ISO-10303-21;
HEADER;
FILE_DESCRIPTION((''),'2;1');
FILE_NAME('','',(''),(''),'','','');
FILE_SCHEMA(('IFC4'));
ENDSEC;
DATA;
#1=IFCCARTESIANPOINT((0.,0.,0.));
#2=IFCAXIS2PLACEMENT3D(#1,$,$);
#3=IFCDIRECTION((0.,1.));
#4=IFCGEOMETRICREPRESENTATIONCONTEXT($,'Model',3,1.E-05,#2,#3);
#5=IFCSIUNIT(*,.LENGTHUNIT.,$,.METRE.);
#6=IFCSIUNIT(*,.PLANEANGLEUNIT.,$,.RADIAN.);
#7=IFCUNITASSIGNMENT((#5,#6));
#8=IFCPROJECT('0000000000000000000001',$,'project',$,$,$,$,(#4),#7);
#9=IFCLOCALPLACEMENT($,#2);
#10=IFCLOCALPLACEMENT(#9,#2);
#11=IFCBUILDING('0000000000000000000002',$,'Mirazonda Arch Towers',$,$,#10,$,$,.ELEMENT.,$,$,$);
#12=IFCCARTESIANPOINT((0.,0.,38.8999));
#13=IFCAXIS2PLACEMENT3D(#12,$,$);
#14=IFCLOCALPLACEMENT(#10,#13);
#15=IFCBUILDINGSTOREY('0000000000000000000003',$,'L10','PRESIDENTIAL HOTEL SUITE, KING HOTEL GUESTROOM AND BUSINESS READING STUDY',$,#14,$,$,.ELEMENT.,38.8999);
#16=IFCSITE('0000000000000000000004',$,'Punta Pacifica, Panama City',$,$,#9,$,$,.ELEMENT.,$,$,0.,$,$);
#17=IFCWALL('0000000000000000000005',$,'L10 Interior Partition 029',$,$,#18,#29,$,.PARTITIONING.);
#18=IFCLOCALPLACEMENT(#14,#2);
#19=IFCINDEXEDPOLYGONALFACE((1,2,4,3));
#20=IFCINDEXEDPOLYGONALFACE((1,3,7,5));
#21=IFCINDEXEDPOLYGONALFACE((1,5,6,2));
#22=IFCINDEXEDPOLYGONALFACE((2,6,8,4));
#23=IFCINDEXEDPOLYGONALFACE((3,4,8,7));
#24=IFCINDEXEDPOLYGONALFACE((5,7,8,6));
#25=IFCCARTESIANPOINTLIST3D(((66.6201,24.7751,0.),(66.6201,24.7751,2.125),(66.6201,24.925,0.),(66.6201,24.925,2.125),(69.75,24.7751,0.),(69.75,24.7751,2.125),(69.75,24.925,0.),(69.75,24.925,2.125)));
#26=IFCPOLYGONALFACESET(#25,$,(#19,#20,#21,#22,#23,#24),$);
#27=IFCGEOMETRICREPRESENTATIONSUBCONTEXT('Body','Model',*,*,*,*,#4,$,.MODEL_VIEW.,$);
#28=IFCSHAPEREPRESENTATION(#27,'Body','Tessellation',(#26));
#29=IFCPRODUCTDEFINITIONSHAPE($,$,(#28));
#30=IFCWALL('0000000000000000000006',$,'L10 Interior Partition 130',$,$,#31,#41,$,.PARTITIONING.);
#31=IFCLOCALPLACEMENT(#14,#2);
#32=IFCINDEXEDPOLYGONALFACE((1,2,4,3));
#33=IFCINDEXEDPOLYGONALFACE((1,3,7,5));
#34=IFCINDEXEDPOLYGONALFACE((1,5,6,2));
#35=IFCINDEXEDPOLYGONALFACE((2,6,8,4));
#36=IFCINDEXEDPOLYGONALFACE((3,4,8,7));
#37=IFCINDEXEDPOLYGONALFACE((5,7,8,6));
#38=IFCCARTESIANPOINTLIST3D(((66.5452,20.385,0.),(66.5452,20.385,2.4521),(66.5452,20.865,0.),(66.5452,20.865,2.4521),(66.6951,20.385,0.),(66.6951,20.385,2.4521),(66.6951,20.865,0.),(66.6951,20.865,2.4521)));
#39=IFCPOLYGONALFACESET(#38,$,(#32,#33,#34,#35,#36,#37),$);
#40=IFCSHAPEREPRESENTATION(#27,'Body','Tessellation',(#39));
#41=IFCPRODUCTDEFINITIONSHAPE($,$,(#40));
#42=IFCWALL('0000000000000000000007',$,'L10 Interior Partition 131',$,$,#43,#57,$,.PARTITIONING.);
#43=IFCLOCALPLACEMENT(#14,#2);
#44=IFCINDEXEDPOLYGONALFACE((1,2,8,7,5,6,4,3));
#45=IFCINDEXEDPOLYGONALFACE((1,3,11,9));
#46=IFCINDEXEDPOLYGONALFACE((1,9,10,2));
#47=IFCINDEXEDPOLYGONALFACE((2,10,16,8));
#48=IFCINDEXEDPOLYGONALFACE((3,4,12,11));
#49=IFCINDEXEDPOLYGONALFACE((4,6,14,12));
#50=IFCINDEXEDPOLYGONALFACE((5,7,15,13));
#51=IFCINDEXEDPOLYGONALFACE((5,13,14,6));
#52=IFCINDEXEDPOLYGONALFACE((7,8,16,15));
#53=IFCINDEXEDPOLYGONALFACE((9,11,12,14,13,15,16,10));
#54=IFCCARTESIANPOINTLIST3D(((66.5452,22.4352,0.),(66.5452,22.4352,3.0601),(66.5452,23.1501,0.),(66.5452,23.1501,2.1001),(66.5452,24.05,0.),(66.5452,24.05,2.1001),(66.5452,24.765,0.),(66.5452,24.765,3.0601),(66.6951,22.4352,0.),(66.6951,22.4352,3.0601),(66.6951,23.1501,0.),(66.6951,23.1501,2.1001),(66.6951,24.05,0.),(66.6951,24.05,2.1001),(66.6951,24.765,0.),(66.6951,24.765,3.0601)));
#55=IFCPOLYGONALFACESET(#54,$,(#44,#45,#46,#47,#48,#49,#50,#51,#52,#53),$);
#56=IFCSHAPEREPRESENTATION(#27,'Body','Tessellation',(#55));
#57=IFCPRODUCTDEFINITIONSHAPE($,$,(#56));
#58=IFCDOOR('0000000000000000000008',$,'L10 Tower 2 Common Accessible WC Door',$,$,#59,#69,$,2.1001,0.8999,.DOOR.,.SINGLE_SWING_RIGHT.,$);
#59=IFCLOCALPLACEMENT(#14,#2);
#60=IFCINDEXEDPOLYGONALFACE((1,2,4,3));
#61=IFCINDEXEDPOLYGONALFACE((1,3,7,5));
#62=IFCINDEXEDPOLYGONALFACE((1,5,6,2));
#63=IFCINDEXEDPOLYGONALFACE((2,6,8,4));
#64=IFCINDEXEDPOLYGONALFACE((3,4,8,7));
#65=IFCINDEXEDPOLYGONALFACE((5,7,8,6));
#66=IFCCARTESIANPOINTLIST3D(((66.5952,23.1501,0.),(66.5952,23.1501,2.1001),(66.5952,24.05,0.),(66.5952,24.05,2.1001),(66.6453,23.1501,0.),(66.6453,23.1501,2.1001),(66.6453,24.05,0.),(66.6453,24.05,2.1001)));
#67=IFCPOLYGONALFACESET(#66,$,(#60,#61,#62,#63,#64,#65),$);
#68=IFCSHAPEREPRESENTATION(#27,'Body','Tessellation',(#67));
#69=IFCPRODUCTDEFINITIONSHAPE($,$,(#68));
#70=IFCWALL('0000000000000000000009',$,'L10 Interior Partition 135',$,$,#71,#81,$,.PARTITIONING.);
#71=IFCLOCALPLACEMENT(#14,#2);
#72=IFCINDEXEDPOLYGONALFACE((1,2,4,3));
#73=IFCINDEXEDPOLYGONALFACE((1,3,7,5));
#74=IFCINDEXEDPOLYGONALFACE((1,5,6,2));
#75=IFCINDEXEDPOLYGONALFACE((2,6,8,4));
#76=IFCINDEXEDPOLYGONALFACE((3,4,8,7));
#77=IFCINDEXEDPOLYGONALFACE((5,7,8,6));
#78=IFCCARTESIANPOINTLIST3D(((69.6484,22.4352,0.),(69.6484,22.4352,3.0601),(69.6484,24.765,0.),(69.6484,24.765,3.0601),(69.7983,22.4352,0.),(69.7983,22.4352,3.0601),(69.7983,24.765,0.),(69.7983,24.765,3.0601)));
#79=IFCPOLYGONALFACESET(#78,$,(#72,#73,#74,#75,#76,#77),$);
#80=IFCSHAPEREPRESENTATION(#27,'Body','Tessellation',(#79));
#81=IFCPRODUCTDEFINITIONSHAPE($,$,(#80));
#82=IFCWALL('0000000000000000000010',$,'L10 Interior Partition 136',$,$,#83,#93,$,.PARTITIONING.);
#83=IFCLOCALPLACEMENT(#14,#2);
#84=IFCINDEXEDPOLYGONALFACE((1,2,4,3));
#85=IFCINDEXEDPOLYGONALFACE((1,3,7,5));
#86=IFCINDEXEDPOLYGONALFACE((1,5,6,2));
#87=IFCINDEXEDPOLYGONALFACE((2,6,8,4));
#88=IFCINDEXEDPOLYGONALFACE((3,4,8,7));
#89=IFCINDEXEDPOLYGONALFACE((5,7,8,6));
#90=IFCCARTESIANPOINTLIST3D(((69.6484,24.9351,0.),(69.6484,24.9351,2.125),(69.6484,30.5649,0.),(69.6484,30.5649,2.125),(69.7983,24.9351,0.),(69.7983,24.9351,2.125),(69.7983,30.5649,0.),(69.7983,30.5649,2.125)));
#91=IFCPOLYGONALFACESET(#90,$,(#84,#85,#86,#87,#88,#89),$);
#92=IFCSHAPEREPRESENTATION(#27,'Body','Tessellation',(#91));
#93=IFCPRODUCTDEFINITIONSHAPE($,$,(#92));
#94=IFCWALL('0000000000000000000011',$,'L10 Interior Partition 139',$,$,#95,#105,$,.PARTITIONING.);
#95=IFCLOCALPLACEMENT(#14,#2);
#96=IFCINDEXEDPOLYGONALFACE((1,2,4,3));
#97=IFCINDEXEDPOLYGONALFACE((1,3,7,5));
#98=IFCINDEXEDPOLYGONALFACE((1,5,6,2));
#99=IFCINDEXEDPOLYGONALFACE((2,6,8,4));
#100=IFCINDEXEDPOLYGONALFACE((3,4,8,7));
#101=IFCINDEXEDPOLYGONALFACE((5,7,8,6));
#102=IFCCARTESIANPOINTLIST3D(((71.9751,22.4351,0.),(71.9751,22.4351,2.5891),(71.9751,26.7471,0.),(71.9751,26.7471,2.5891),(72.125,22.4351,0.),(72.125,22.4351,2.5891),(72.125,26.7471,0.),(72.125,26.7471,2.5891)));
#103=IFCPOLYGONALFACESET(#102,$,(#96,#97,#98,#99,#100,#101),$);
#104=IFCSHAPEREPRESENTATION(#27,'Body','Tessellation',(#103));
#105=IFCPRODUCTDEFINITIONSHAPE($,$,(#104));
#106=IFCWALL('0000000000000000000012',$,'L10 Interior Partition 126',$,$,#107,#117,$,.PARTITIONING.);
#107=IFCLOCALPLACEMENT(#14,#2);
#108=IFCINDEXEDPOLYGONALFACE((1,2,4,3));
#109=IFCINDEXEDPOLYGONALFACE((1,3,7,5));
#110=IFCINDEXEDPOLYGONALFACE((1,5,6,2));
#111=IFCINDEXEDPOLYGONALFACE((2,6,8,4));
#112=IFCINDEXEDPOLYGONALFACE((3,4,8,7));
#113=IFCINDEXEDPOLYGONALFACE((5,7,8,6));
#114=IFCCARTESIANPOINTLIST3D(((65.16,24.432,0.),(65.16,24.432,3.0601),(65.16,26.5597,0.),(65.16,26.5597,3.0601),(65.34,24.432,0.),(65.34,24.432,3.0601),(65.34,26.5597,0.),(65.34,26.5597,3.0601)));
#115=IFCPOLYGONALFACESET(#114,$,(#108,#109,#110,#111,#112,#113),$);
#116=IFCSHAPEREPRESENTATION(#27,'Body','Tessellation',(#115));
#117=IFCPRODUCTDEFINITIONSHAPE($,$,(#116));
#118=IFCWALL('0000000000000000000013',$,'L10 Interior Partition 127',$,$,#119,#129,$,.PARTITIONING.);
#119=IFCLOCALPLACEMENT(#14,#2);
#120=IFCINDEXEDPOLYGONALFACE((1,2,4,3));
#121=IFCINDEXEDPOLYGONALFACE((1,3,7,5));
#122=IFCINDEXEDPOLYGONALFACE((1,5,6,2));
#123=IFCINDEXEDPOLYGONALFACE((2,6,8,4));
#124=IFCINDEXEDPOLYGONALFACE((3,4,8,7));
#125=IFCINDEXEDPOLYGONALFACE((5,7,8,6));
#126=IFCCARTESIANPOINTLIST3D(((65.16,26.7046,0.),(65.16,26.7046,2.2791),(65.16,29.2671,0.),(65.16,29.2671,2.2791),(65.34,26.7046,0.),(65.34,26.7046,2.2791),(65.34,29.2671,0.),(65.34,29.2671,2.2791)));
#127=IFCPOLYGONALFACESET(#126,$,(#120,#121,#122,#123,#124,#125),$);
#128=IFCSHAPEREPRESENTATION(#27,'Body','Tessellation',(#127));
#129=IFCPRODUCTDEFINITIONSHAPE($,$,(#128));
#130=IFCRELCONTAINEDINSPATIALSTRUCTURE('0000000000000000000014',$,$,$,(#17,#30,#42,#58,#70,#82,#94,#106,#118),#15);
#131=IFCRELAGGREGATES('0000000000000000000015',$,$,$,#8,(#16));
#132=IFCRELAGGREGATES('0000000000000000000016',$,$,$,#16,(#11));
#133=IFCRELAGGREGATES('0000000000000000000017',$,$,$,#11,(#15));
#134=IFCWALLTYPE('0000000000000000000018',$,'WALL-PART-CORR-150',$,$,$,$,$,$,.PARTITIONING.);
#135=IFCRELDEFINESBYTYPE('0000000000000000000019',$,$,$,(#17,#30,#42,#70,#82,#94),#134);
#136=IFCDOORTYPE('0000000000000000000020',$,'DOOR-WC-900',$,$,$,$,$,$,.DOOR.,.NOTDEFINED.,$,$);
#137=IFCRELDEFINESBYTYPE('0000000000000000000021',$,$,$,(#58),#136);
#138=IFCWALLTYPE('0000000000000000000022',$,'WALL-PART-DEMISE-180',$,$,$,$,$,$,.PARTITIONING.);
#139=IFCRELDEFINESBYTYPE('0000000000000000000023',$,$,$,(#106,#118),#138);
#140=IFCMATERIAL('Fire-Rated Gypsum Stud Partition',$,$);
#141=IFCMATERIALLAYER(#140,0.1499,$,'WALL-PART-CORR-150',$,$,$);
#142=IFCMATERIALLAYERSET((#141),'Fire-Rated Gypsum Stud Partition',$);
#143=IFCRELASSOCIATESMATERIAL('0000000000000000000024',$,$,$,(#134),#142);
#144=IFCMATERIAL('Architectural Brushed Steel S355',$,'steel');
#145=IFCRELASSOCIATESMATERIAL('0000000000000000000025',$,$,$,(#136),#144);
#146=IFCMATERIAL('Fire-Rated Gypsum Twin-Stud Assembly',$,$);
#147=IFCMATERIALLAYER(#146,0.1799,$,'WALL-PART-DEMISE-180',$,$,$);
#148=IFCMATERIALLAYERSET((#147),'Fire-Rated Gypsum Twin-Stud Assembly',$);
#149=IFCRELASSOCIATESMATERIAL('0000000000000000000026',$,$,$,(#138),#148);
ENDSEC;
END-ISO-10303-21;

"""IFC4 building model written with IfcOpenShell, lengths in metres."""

from ifc_helpers import new_model, si_unit, direction, frame, frame_2d, origin, place, context, subcontext, project, spatial, rectangle, extrude, material, layer, layer_set, type_object, element, fill, save


model = new_model("IFC4")

# Units and contexts
model_context = context("Model", 3, precision=1e-05, world=origin(), true_north=direction((0.0, 1.0)))
body_context = subcontext(model_context, "Body", "Model", "MODEL_VIEW")
ifc_project = project(units=[si_unit("LENGTHUNIT", "METRE"), si_unit("PLANEANGLEUNIT", "RADIAN")], contexts=[model_context])

# Site, building, storey
site_placement = place(None, origin())
site = spatial("IfcSite", under=ifc_project, at=site_placement, Name="Punta Pacifica, Panama City", CompositionType="ELEMENT", RefElevation=0.0)
building_placement = place(site_placement, origin())
building = spatial("IfcBuilding", under=site, at=building_placement, Name="Mirazonda Arch Towers", CompositionType="ELEMENT")
storey_placement = place(building_placement, frame((0.0, 0.0, 38.8999)))
storey = spatial("IfcBuildingStorey", under=building, at=storey_placement, Name="L10", Description="PRESIDENTIAL HOTEL SUITE, KING HOTEL GUESTROOM AND BUSINESS READING STUDY", CompositionType="ELEMENT", Elevation=38.8999)

# Shared definitions
ifc_material_1 = material(Name="Architectural Brushed Steel S355", Category="steel")

# Shared definitions
ifc_material_2 = material(Name="Fire-Rated Gypsum Stud Partition")
ifc_layer_1 = layer(ifc_material_2, 0.1499, Name="WALL-PART-CORR-150")
ifc_layer_set_1 = layer_set([ifc_layer_1], Name="Fire-Rated Gypsum Stud Partition")
wall_type_1 = type_object("IfcWallType", Name="WALL-PART-CORR-150", PredefinedType="PARTITIONING", material=ifc_layer_set_1)

# Walls
wall_1_placement = place(storey_placement, frame((66.6201, 24.8501, 0.0), z_axis=(0.0, 0.0, 1.0), x_axis=(1.0, 0.0, 0.0)))
element("IfcWall", 1, at=wall_1_placement, inside=storey, type_object=wall_type_1, Name="L10 Interior Partition 029", PredefinedType="PARTITIONING", context=body_context, shape_type="SweptSolid", body=[
    extrude(rectangle(XDim=3.1299, YDim=0.1499, at=frame_2d((1.5649, 0.0))), origin(), (0.0, 0.0, 1.0), 2.125),
])
wall_2_placement = place(storey_placement, frame((66.6201, 20.385, 0.0), z_axis=(0.0, 0.0, 1.0), x_axis=(0.0, 1.0, 0.0)))
element("IfcWall", 2, at=wall_2_placement, inside=storey, type_object=wall_type_1, Name="L10 Interior Partition 130", PredefinedType="PARTITIONING", context=body_context, shape_type="SweptSolid", body=[
    extrude(rectangle(XDim=0.48, YDim=0.1499, at=frame_2d((0.24, 0.0))), origin(), (0.0, 0.0, 1.0), 2.4521),
])

# Wall, opening, door
wall_3_placement = place(storey_placement, frame((66.6201, 22.4351, 0.0), z_axis=(0.0, 0.0, 1.0), x_axis=(0.0, 1.0, 0.0)))
wall_3 = element("IfcWall", 3, at=wall_3_placement, inside=storey, type_object=wall_type_1, Name="L10 Interior Partition 131", PredefinedType="PARTITIONING", context=body_context, shape_type="SweptSolid", body=[
    extrude(rectangle(XDim=2.3298, YDim=0.1499, at=frame_2d((1.165, 0.0))), origin(), (0.0, 0.0, 1.0), 3.0601),
])
opening_1_placement = place(wall_3_placement, frame((0.7151, 0.0, 0.0)))
opening_1 = element("IfcOpeningElement", 4, at=opening_1_placement, cuts=wall_3, PredefinedType="OPENING", context=body_context, shape_type="SweptSolid", body=[
    extrude(rectangle(XDim=0.8999, YDim=2.1001, at=frame_2d((0.45, 1.05))), frame((0.0, 0.085, 0.0), z_axis=(0.0, -1.0, 0.0), x_axis=(1.0, 0.0, 0.0)), (0.0, 0.0, 1.0), 0.1699),
])
door_type_1 = type_object("IfcDoorType", Name="DOOR-WC-900", OperationType="NOTDEFINED", PredefinedType="DOOR", material=ifc_material_1)
door_1_placement = place(opening_1_placement, origin())
door_1 = element("IfcDoor", 5, at=door_1_placement, inside=storey, type_object=door_type_1, Name="L10 Tower 2 Common Accessible WC Door", OperationType="SINGLE_SWING_RIGHT", OverallHeight=2.1001, OverallWidth=0.8999, PredefinedType="DOOR", context=body_context, shape_type="SweptSolid", body=[
    extrude(rectangle(XDim=0.8999, YDim=2.1001, at=frame_2d((0.45, 1.05))), frame((0.0, 0.0249, 0.0), z_axis=(0.0, -1.0, 0.0), x_axis=(1.0, 0.0, 0.0)), (0.0, 0.0, 1.0), 0.05),
])
fill(opening_1, door_1)

# Walls
wall_4_placement = place(storey_placement, frame((69.7234, 22.4351, 0.0), z_axis=(0.0, 0.0, 1.0), x_axis=(0.0, 1.0, 0.0)))
element("IfcWall", 6, at=wall_4_placement, inside=storey, type_object=wall_type_1, Name="L10 Interior Partition 135", PredefinedType="PARTITIONING", context=body_context, shape_type="SweptSolid", body=[
    extrude(rectangle(XDim=2.3298, YDim=0.1499, at=frame_2d((1.165, 0.0))), origin(), (0.0, 0.0, 1.0), 3.0601),
])
wall_5_placement = place(storey_placement, frame((69.7234, 24.9351, 0.0), z_axis=(0.0, 0.0, 1.0), x_axis=(0.0, 1.0, 0.0)))
element("IfcWall", 7, at=wall_5_placement, inside=storey, type_object=wall_type_1, Name="L10 Interior Partition 136", PredefinedType="PARTITIONING", context=body_context, shape_type="SweptSolid", body=[
    extrude(rectangle(XDim=5.6299, YDim=0.1499, at=frame_2d((2.8149, 0.0))), origin(), (0.0, 0.0, 1.0), 2.125),
])
wall_6_placement = place(storey_placement, frame((72.05, 22.4351, 0.0), z_axis=(0.0, 0.0, 1.0), x_axis=(0.0, 1.0, 0.0)))
element("IfcWall", 8, at=wall_6_placement, inside=storey, type_object=wall_type_1, Name="L10 Interior Partition 139", PredefinedType="PARTITIONING", context=body_context, shape_type="SweptSolid", body=[
    extrude(rectangle(XDim=4.312, YDim=0.1499, at=frame_2d((2.156, 0.0))), origin(), (0.0, 0.0, 1.0), 2.5891),
])
ifc_material_3 = material(Name="Fire-Rated Gypsum Twin-Stud Assembly")
ifc_layer_2 = layer(ifc_material_3, 0.1799, Name="WALL-PART-DEMISE-180")
ifc_layer_set_2 = layer_set([ifc_layer_2], Name="Fire-Rated Gypsum Twin-Stud Assembly")
wall_type_2 = type_object("IfcWallType", Name="WALL-PART-DEMISE-180", PredefinedType="PARTITIONING", material=ifc_layer_set_2)
wall_7_placement = place(storey_placement, frame((65.25, 24.4319, 0.0), z_axis=(0.0, 0.0, 1.0), x_axis=(0.0, 1.0, 0.0)))
element("IfcWall", 9, at=wall_7_placement, inside=storey, type_object=wall_type_2, Name="L10 Interior Partition 126", PredefinedType="PARTITIONING", context=body_context, shape_type="SweptSolid", body=[
    extrude(rectangle(XDim=2.1277, YDim=0.1799, at=frame_2d((1.064, 0.0))), origin(), (0.0, 0.0, 1.0), 3.0601),
])
wall_8_placement = place(storey_placement, frame((65.25, 26.7046, 0.0), z_axis=(0.0, 0.0, 1.0), x_axis=(0.0, 1.0, 0.0)))
element("IfcWall", 10, at=wall_8_placement, inside=storey, type_object=wall_type_2, Name="L10 Interior Partition 127", PredefinedType="PARTITIONING", context=body_context, shape_type="SweptSolid", body=[
    extrude(rectangle(XDim=2.5625, YDim=0.1799, at=frame_2d((1.2812, 0.0))), origin(), (0.0, 0.0, 1.0), 2.2791),
])

save(model, "model.ifc")
